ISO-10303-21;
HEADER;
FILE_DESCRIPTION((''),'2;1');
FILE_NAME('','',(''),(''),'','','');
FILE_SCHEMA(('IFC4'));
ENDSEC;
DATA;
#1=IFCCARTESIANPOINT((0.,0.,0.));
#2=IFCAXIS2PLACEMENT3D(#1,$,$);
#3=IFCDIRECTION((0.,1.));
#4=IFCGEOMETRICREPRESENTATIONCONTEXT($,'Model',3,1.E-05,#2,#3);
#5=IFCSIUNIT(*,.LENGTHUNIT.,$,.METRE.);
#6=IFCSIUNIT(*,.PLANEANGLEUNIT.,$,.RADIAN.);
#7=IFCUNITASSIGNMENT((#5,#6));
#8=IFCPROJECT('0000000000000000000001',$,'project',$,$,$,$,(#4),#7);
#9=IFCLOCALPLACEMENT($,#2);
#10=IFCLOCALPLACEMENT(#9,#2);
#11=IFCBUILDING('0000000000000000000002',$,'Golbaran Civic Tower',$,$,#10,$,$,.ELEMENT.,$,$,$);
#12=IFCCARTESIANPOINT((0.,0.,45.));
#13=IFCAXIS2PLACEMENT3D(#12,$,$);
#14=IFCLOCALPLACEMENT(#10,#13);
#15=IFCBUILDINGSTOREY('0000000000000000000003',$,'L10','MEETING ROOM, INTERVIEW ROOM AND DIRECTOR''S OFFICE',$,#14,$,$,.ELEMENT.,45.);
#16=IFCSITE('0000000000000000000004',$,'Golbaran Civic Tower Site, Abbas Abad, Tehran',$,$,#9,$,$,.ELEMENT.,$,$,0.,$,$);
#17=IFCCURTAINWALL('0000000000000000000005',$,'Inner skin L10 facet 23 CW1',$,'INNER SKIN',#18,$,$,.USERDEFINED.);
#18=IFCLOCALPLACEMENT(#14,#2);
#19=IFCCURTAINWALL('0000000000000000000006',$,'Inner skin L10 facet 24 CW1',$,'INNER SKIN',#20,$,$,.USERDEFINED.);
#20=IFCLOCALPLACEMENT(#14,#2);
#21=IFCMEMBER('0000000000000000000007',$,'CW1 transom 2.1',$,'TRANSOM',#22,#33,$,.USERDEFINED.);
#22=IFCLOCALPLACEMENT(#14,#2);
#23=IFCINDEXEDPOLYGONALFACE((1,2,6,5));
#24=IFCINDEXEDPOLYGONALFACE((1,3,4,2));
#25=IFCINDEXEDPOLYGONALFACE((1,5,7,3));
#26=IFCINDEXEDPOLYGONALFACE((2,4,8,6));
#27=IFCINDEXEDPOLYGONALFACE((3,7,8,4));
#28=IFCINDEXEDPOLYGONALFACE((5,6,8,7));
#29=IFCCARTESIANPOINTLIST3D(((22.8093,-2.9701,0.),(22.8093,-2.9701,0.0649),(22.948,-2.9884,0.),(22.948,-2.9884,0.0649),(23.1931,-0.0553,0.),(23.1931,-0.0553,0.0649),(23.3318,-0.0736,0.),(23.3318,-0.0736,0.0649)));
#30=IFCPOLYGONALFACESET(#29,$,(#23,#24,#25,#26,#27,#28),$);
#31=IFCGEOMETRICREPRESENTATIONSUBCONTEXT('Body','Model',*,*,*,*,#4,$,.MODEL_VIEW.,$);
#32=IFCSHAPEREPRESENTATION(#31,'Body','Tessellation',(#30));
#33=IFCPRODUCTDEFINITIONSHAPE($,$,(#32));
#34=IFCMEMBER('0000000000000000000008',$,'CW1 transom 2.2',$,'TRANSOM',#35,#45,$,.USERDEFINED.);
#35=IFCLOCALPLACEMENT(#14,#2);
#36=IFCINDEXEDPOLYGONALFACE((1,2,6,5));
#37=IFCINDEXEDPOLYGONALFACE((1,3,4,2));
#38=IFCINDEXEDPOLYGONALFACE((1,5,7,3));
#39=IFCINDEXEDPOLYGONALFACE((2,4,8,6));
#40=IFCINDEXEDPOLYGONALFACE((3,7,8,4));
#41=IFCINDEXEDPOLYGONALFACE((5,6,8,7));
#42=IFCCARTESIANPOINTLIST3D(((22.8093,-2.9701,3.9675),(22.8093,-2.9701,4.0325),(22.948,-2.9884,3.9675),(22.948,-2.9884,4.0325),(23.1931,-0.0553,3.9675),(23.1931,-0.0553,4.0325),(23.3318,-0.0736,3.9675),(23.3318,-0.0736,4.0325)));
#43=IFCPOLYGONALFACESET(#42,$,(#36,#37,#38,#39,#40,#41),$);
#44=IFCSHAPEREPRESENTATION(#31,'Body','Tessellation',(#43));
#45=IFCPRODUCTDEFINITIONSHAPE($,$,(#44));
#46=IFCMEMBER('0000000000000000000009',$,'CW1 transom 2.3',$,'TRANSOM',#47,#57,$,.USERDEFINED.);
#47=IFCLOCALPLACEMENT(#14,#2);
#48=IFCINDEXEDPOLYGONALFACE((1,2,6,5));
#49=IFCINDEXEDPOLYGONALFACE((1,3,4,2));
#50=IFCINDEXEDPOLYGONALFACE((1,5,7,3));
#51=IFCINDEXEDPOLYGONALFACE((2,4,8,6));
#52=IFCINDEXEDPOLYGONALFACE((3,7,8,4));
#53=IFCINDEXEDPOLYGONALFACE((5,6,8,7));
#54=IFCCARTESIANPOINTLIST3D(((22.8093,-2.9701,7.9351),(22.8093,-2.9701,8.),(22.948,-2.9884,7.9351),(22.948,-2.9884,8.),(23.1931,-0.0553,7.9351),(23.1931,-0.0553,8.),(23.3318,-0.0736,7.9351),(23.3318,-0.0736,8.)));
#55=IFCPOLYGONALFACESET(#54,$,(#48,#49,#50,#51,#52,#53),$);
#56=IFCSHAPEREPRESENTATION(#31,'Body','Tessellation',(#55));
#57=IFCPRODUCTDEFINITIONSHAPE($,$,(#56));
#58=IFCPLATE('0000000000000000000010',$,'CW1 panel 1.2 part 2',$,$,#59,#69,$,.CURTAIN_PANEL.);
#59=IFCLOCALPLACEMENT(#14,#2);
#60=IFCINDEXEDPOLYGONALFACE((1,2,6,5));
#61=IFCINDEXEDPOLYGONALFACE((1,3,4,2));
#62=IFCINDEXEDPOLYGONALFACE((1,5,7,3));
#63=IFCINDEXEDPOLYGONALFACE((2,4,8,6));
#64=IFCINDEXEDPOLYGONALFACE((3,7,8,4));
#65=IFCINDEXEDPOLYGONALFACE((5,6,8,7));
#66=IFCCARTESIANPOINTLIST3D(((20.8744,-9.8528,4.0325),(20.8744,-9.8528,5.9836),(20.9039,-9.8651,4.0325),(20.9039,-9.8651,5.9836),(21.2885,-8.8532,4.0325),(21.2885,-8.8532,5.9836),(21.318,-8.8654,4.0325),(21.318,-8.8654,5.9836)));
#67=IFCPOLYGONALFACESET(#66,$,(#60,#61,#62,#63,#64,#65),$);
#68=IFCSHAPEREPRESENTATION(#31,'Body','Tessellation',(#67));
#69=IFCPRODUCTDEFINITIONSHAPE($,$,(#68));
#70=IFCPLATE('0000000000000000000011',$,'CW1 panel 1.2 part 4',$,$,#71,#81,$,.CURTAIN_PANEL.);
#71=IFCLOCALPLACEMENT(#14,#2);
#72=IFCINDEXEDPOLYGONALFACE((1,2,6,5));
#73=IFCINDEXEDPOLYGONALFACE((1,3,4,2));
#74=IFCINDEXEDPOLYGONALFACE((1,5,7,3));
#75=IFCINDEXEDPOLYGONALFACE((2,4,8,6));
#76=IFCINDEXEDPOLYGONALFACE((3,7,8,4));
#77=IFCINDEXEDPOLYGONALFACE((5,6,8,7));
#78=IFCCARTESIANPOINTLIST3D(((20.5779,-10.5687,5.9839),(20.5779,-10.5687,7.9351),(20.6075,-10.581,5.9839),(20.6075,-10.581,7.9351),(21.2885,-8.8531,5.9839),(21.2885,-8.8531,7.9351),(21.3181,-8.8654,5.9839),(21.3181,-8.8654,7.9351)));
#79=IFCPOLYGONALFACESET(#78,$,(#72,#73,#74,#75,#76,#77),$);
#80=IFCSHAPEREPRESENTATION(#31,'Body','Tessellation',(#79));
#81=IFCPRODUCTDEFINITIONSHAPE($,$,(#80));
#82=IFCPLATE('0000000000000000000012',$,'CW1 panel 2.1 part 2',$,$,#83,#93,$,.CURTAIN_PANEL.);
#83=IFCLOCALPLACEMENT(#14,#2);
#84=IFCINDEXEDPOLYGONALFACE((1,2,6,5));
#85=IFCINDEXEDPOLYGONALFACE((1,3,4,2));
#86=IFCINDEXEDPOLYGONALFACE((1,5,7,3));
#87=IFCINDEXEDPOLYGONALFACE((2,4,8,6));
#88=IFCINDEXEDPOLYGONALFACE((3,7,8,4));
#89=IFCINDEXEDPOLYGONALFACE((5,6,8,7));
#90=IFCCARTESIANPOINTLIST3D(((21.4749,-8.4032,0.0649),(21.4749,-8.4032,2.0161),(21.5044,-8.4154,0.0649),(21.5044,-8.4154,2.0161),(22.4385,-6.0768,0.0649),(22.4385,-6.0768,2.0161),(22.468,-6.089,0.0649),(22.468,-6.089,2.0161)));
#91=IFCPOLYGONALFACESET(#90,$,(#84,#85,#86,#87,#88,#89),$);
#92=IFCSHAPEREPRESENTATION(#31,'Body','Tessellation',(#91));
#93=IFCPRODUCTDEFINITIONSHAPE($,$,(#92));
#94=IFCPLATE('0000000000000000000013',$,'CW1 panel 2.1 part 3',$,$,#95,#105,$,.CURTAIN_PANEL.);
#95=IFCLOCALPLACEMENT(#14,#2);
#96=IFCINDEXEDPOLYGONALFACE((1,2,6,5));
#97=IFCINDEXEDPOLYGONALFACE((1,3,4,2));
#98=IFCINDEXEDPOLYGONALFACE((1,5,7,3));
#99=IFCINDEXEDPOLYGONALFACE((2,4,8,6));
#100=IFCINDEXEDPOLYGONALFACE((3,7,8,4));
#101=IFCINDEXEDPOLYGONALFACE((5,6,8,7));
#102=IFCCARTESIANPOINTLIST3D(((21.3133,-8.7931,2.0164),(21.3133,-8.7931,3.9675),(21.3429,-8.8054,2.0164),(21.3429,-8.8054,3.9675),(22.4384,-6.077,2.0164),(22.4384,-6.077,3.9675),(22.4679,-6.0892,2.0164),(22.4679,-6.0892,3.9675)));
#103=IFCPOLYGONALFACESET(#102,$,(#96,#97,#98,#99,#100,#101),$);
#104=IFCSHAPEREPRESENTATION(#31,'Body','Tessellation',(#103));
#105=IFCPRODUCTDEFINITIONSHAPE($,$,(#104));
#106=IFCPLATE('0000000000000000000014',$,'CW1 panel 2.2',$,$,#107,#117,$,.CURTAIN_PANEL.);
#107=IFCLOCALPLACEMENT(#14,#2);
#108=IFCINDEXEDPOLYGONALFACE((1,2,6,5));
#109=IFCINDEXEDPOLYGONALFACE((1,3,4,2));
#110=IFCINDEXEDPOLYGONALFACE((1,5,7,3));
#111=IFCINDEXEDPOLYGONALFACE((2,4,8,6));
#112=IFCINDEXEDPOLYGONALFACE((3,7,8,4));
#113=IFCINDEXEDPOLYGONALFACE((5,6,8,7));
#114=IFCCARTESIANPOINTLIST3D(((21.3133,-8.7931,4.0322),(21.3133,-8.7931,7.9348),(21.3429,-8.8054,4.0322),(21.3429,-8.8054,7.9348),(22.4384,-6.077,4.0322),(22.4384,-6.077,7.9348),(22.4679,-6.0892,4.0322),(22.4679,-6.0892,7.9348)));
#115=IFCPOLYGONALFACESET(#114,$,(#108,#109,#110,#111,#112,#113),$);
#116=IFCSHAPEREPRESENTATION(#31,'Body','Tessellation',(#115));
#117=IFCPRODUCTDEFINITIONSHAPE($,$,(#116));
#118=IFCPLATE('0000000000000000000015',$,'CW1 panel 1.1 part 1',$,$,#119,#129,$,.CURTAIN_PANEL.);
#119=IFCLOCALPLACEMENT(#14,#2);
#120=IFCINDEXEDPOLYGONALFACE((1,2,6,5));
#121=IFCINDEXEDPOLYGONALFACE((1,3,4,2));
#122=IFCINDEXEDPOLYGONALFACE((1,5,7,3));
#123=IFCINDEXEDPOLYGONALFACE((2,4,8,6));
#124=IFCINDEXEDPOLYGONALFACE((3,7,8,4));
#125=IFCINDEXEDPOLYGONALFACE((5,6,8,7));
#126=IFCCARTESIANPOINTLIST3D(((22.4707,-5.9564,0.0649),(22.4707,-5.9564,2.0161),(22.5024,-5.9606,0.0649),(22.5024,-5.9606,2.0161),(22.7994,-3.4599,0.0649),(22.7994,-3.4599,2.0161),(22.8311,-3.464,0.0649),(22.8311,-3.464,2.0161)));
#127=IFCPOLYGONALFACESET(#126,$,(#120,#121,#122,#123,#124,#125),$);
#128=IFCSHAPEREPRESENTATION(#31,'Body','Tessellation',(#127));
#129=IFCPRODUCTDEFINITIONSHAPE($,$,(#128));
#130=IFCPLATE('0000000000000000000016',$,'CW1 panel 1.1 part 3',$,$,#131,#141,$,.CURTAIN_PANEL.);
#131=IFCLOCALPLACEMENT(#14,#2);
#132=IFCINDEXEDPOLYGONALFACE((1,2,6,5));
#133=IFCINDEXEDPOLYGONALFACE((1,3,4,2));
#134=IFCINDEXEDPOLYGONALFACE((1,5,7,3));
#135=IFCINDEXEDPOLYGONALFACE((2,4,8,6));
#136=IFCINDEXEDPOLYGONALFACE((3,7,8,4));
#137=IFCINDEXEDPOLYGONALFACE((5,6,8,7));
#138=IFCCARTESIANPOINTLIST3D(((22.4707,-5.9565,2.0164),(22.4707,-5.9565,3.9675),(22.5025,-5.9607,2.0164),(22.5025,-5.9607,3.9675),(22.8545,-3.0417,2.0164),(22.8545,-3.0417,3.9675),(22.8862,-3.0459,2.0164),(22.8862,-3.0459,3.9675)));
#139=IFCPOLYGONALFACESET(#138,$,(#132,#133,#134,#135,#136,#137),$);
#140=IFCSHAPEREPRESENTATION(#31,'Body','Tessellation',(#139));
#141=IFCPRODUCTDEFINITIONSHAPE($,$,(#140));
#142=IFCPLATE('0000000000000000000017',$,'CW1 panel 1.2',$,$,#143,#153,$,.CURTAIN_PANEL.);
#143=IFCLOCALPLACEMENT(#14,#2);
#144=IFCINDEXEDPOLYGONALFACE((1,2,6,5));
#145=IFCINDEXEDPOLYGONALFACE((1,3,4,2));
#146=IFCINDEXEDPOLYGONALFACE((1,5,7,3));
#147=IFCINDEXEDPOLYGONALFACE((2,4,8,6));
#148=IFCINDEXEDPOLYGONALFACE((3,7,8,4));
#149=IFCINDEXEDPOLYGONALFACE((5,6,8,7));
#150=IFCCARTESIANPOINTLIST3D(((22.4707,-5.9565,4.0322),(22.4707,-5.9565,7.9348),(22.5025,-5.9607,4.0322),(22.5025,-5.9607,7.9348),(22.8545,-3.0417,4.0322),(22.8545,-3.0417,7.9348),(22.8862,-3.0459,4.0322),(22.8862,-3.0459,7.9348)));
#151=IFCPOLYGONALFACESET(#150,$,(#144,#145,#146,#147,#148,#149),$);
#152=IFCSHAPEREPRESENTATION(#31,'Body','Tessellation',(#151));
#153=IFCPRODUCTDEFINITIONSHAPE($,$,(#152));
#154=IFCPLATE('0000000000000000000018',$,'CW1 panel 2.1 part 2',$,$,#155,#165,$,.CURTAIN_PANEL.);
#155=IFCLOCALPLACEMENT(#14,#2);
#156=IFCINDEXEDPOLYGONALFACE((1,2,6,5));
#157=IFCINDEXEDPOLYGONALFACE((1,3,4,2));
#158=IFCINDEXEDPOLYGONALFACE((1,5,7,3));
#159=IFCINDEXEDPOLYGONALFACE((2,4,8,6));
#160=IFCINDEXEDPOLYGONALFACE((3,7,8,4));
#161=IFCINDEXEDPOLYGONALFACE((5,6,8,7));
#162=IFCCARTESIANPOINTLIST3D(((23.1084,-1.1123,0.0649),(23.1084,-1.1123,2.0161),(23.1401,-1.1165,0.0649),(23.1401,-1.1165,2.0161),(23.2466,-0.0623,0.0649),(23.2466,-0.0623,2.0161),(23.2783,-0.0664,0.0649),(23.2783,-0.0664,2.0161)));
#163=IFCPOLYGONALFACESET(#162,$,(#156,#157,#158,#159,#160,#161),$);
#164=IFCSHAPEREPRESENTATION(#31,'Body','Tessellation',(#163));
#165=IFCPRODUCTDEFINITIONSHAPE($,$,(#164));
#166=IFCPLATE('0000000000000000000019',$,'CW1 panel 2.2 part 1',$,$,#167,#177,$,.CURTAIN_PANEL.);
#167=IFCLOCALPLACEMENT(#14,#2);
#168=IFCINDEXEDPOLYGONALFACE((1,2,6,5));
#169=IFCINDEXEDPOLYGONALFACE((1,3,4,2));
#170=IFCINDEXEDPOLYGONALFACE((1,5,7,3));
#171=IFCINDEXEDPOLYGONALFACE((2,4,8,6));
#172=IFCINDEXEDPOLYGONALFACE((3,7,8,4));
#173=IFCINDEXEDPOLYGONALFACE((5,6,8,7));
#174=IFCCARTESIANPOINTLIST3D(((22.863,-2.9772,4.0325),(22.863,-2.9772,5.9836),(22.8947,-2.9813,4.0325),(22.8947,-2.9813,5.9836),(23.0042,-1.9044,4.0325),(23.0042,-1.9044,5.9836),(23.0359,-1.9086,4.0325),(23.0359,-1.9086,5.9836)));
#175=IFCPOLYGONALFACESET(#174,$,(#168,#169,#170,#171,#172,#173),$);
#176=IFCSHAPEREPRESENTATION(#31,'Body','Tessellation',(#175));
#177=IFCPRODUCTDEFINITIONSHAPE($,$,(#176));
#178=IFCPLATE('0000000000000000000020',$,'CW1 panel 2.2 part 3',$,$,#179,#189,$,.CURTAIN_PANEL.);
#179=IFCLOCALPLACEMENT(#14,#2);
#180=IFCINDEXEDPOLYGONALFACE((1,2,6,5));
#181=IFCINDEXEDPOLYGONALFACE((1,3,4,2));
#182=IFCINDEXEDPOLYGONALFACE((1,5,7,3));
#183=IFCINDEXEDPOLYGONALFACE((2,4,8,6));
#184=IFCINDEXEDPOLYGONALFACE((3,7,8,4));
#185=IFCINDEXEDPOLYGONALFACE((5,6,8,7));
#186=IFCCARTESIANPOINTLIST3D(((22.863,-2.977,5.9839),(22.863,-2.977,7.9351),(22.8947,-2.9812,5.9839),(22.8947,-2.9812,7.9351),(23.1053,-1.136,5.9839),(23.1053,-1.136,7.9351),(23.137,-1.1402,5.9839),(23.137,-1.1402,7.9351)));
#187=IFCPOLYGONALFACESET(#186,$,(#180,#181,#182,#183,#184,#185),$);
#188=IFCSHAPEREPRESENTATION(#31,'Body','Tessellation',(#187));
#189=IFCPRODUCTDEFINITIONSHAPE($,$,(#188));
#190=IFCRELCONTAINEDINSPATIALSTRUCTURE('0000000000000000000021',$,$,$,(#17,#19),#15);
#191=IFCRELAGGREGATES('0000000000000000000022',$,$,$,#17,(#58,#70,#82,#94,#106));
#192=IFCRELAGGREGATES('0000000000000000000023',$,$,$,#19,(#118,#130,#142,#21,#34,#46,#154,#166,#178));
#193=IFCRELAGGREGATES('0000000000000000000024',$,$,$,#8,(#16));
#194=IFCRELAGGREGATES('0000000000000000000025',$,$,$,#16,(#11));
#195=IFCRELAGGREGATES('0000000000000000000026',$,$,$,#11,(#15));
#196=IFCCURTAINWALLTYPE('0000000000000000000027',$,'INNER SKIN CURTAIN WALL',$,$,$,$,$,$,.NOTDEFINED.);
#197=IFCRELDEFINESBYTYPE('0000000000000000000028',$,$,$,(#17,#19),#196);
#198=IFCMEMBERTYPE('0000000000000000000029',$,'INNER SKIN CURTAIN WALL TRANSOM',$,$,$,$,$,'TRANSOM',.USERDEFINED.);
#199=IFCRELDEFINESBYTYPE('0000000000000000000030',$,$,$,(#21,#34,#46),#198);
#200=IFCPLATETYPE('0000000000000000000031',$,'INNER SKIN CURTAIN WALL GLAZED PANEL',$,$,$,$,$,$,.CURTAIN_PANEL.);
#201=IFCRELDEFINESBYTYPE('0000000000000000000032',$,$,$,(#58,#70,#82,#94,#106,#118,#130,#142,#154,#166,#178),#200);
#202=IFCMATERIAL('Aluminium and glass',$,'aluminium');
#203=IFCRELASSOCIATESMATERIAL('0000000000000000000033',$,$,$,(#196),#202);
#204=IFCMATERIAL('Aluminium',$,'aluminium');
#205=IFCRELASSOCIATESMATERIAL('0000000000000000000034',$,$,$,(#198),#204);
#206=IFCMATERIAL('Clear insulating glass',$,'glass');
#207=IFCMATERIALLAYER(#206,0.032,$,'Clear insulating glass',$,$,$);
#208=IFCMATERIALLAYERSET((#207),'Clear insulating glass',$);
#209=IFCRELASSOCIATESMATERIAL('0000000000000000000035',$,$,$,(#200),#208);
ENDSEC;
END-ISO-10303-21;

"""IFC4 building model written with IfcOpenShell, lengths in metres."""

from ifc_helpers import new_model, si_unit, direction, frame, origin, origin_2d, place, context, subcontext, project, spatial, rectangle, extrude, material, layer, layer_set, material_profile, profile_set, type_object, element, aggregate, save


model = new_model("IFC4")

# Units and contexts
model_context = context("Model", 3, precision=1e-05, world=origin(), true_north=direction((0.0, 1.0)))
body_context = subcontext(model_context, "Body", "Model", "MODEL_VIEW")
ifc_project = project(units=[si_unit("LENGTHUNIT", "METRE"), si_unit("PLANEANGLEUNIT", "RADIAN")], contexts=[model_context])

# Site, building, storey
site_placement = place(None, origin())
site = spatial("IfcSite", under=ifc_project, at=site_placement, Name="Golbaran Civic Tower Site, Abbas Abad, Tehran", CompositionType="ELEMENT", RefElevation=0.0)
building_placement = place(site_placement, origin())
building = spatial("IfcBuilding", under=site, at=building_placement, Name="Golbaran Civic Tower", CompositionType="ELEMENT")
storey_placement = place(building_placement, frame((0.0, 0.0, 45.0)))
storey = spatial("IfcBuildingStorey", under=building, at=storey_placement, Name="L10", Description="MEETING ROOM, INTERVIEW ROOM AND DIRECTOR'S OFFICE", CompositionType="ELEMENT", Elevation=45.0)

# Curtain walls
ifc_material_1 = material(Name="Aluminium and glass", Category="aluminium")
curtain_wall_type = type_object("IfcCurtainWallType", Name="INNER SKIN CURTAIN WALL", PredefinedType="NOTDEFINED", material=ifc_material_1)
curtain_wall_1_placement = place(storey_placement, origin())
curtain_wall_1 = element("IfcCurtainWall", 1, at=curtain_wall_1_placement, inside=storey, type_object=curtain_wall_type, Name="Inner skin L10 facet 23 CW1", ObjectType="INNER SKIN", PredefinedType="USERDEFINED")
ifc_material_2 = material(Name="Aluminium", Category="aluminium")
curtain_wall_2_placement = place(storey_placement, origin())
curtain_wall_2 = element("IfcCurtainWall", 2, at=curtain_wall_2_placement, inside=storey, type_object=curtain_wall_type, Name="Inner skin L10 facet 24 CW1", ObjectType="INNER SKIN", PredefinedType="USERDEFINED")

# Members
ifc_material_profile_1 = material_profile(ifc_material_2, rectangle(XDim=0.1399, YDim=0.0649, at=origin_2d()), Name="INNER SKIN CURTAIN WALL TRANSOM")
ifc_profile_set_1 = profile_set([ifc_material_profile_1], Name="Aluminium")
member_type_1 = type_object("IfcMemberType", Name="INNER SKIN CURTAIN WALL TRANSOM", ElementType="TRANSOM", PredefinedType="USERDEFINED", material=ifc_profile_set_1)
member_1_placement = place(storey_placement, frame((22.8787, -2.9792, 0.0325), z_axis=(0.130543, 0.991443, 0.0), x_axis=(-0.991443, 0.130543, 0.0)))
member_1 = element("IfcMember", 3, at=member_1_placement, type_object=member_type_1, Name="CW1 transom 2.1", ObjectType="TRANSOM", PredefinedType="USERDEFINED", context=body_context, shape_type="SweptSolid", body=[
    extrude(rectangle(XDim=0.1399, YDim=0.0649, at=origin_2d()), origin(), (0.0, 0.0, 1.0), 2.9399),
])
member_2_placement = place(storey_placement, frame((22.8787, -2.9792, 4.0), z_axis=(0.130543, 0.991443, 0.0), x_axis=(-0.991443, 0.130543, 0.0)))
member_2 = element("IfcMember", 4, at=member_2_placement, type_object=member_type_1, Name="CW1 transom 2.2", ObjectType="TRANSOM", PredefinedType="USERDEFINED", context=body_context, shape_type="SweptSolid", body=[
    extrude(rectangle(XDim=0.1399, YDim=0.0649, at=origin_2d()), origin(), (0.0, 0.0, 1.0), 2.9399),
])
member_3_placement = place(storey_placement, frame((22.8787, -2.9792, 7.9675), z_axis=(0.130543, 0.991443, 0.0), x_axis=(-0.991443, 0.130543, 0.0)))
member_3 = element("IfcMember", 5, at=member_3_placement, type_object=member_type_1, Name="CW1 transom 2.3", ObjectType="TRANSOM", PredefinedType="USERDEFINED", context=body_context, shape_type="SweptSolid", body=[
    extrude(rectangle(XDim=0.1399, YDim=0.0649, at=origin_2d()), origin(), (0.0, 0.0, 1.0), 2.9399),
])

# Plates
ifc_material_3 = material(Name="Clear insulating glass", Category="glass")
ifc_layer_1 = layer(ifc_material_3, 0.032, Name="Clear insulating glass")
ifc_layer_set_1 = layer_set([ifc_layer_1], Name="Clear insulating glass")
plate_type_1 = type_object("IfcPlateType", Name="INNER SKIN CURTAIN WALL GLAZED PANEL", PredefinedType="CURTAIN_PANEL", material=ifc_layer_set_1)
plate_1_placement = place(storey_placement, frame((21.0962, -9.3591, 4.0325), z_axis=(0.0, 0.0, 1.0), x_axis=(0.382683, 0.92388, 0.0)))
plate_1 = element("IfcPlate", 6, at=plate_1_placement, type_object=plate_type_1, Name="CW1 panel 1.2 part 2", PredefinedType="CURTAIN_PANEL", context=body_context, shape_type="SweptSolid", body=[
    extrude(rectangle(XDim=1.082, YDim=0.032, at=origin_2d()), origin(), (0.0, 0.0, 1.0), 1.9512),
])
plate_2_placement = place(storey_placement, frame((20.948, -9.717, 5.9839), z_axis=(0.0, 0.0, 1.0), x_axis=(0.382683, 0.92388, 0.0)))
plate_2 = element("IfcPlate", 7, at=plate_2_placement, type_object=plate_type_1, Name="CW1 panel 1.2 part 4", PredefinedType="CURTAIN_PANEL", context=body_context, shape_type="SweptSolid", body=[
    extrude(rectangle(XDim=1.8569, YDim=0.032, at=origin_2d()), origin(), (0.0, 0.0, 1.0), 1.9512),
])
plate_3_placement = place(storey_placement, frame((21.9714, -7.2461, 0.0649), z_axis=(0.0, 0.0, 1.0), x_axis=(0.382683, 0.92388, 0.0)))
plate_3 = element("IfcPlate", 8, at=plate_3_placement, type_object=plate_type_1, Name="CW1 panel 2.1 part 2", PredefinedType="CURTAIN_PANEL", context=body_context, shape_type="SweptSolid", body=[
    extrude(rectangle(XDim=2.5181, YDim=0.032, at=origin_2d()), origin(), (0.0, 0.0, 1.0), 1.9512),
])
plate_4_placement = place(storey_placement, frame((21.8906, -7.4412, 2.0164), z_axis=(0.0, 0.0, 1.0), x_axis=(0.382683, 0.92388, 0.0)))
plate_4 = element("IfcPlate", 9, at=plate_4_placement, type_object=plate_type_1, Name="CW1 panel 2.1 part 3", PredefinedType="CURTAIN_PANEL", context=body_context, shape_type="SweptSolid", body=[
    extrude(rectangle(XDim=2.9399, YDim=0.032, at=origin_2d()), origin(), (0.0, 0.0, 1.0), 1.9512),
])
plate_5_placement = place(storey_placement, frame((21.8906, -7.4412, 4.0322), z_axis=(0.0, 0.0, 1.0), x_axis=(0.382683, 0.92388, 0.0)))
plate_5 = element("IfcPlate", 10, at=plate_5_placement, type_object=plate_type_1, Name="CW1 panel 2.2", PredefinedType="CURTAIN_PANEL", context=body_context, shape_type="SweptSolid", body=[
    extrude(rectangle(XDim=2.9399, YDim=0.032, at=origin_2d()), origin(), (0.0, 0.0, 1.0), 3.9026),
])
plate_6_placement = place(storey_placement, frame((22.6509, -4.7102, 0.0649), z_axis=(0.0, 0.0, 1.0), x_axis=(0.130526, 0.991445, 0.0)))
plate_6 = element("IfcPlate", 11, at=plate_6_placement, type_object=plate_type_1, Name="CW1 panel 1.1 part 1", PredefinedType="CURTAIN_PANEL", context=body_context, shape_type="SweptSolid", body=[
    extrude(rectangle(XDim=2.5181, YDim=0.032, at=origin_2d()), origin(), (0.0, 0.0, 1.0), 1.9512),
])
plate_7_placement = place(storey_placement, frame((22.6785, -4.5012, 2.0164), z_axis=(0.0, 0.0, 1.0), x_axis=(0.130526, 0.991445, 0.0)))
plate_7 = element("IfcPlate", 12, at=plate_7_placement, type_object=plate_type_1, Name="CW1 panel 1.1 part 3", PredefinedType="CURTAIN_PANEL", context=body_context, shape_type="SweptSolid", body=[
    extrude(rectangle(XDim=2.9399, YDim=0.032, at=origin_2d()), origin(), (0.0, 0.0, 1.0), 1.9512),
])
plate_8_placement = place(storey_placement, frame((22.6785, -4.5012, 4.0322), z_axis=(0.0, 0.0, 1.0), x_axis=(0.130526, 0.991445, 0.0)))
plate_8 = element("IfcPlate", 13, at=plate_8_placement, type_object=plate_type_1, Name="CW1 panel 1.2", PredefinedType="CURTAIN_PANEL", context=body_context, shape_type="SweptSolid", body=[
    extrude(rectangle(XDim=2.9399, YDim=0.032, at=origin_2d()), origin(), (0.0, 0.0, 1.0), 3.9026),
])
plate_9_placement = place(storey_placement, frame((23.1934, -0.5894, 0.0649), z_axis=(0.0, 0.0, 1.0), x_axis=(0.130526, 0.991445, 0.0)))
plate_9 = element("IfcPlate", 14, at=plate_9_placement, type_object=plate_type_1, Name="CW1 panel 2.1 part 2", PredefinedType="CURTAIN_PANEL", context=body_context, shape_type="SweptSolid", body=[
    extrude(rectangle(XDim=1.0591, YDim=0.032, at=origin_2d()), origin(), (0.0, 0.0, 1.0), 1.9512),
])
plate_10_placement = place(storey_placement, frame((22.9495, -2.4429, 4.0325), z_axis=(0.0, 0.0, 1.0), x_axis=(0.130526, 0.991445, 0.0)))
plate_10 = element("IfcPlate", 15, at=plate_10_placement, type_object=plate_type_1, Name="CW1 panel 2.2 part 1", PredefinedType="CURTAIN_PANEL", context=body_context, shape_type="SweptSolid", body=[
    extrude(rectangle(XDim=1.082, YDim=0.032, at=origin_2d()), origin(), (0.0, 0.0, 1.0), 1.9512),
])
plate_11_placement = place(storey_placement, frame((23.0, -2.0586, 5.9839), z_axis=(0.0, 0.0, 1.0), x_axis=(0.130526, 0.991445, 0.0)))
plate_11 = element("IfcPlate", 16, at=plate_11_placement, type_object=plate_type_1, Name="CW1 panel 2.2 part 3", PredefinedType="CURTAIN_PANEL", context=body_context, shape_type="SweptSolid", body=[
    extrude(rectangle(XDim=1.8569, YDim=0.032, at=origin_2d()), origin(), (0.0, 0.0, 1.0), 1.9512),
])
aggregate(curtain_wall_1, [plate_1, plate_2, plate_3, plate_4, plate_5])
aggregate(curtain_wall_2, [plate_6, plate_7, plate_8, member_1, member_2, member_3, plate_9, plate_10, plate_11])

save(model, "model.ifc")
